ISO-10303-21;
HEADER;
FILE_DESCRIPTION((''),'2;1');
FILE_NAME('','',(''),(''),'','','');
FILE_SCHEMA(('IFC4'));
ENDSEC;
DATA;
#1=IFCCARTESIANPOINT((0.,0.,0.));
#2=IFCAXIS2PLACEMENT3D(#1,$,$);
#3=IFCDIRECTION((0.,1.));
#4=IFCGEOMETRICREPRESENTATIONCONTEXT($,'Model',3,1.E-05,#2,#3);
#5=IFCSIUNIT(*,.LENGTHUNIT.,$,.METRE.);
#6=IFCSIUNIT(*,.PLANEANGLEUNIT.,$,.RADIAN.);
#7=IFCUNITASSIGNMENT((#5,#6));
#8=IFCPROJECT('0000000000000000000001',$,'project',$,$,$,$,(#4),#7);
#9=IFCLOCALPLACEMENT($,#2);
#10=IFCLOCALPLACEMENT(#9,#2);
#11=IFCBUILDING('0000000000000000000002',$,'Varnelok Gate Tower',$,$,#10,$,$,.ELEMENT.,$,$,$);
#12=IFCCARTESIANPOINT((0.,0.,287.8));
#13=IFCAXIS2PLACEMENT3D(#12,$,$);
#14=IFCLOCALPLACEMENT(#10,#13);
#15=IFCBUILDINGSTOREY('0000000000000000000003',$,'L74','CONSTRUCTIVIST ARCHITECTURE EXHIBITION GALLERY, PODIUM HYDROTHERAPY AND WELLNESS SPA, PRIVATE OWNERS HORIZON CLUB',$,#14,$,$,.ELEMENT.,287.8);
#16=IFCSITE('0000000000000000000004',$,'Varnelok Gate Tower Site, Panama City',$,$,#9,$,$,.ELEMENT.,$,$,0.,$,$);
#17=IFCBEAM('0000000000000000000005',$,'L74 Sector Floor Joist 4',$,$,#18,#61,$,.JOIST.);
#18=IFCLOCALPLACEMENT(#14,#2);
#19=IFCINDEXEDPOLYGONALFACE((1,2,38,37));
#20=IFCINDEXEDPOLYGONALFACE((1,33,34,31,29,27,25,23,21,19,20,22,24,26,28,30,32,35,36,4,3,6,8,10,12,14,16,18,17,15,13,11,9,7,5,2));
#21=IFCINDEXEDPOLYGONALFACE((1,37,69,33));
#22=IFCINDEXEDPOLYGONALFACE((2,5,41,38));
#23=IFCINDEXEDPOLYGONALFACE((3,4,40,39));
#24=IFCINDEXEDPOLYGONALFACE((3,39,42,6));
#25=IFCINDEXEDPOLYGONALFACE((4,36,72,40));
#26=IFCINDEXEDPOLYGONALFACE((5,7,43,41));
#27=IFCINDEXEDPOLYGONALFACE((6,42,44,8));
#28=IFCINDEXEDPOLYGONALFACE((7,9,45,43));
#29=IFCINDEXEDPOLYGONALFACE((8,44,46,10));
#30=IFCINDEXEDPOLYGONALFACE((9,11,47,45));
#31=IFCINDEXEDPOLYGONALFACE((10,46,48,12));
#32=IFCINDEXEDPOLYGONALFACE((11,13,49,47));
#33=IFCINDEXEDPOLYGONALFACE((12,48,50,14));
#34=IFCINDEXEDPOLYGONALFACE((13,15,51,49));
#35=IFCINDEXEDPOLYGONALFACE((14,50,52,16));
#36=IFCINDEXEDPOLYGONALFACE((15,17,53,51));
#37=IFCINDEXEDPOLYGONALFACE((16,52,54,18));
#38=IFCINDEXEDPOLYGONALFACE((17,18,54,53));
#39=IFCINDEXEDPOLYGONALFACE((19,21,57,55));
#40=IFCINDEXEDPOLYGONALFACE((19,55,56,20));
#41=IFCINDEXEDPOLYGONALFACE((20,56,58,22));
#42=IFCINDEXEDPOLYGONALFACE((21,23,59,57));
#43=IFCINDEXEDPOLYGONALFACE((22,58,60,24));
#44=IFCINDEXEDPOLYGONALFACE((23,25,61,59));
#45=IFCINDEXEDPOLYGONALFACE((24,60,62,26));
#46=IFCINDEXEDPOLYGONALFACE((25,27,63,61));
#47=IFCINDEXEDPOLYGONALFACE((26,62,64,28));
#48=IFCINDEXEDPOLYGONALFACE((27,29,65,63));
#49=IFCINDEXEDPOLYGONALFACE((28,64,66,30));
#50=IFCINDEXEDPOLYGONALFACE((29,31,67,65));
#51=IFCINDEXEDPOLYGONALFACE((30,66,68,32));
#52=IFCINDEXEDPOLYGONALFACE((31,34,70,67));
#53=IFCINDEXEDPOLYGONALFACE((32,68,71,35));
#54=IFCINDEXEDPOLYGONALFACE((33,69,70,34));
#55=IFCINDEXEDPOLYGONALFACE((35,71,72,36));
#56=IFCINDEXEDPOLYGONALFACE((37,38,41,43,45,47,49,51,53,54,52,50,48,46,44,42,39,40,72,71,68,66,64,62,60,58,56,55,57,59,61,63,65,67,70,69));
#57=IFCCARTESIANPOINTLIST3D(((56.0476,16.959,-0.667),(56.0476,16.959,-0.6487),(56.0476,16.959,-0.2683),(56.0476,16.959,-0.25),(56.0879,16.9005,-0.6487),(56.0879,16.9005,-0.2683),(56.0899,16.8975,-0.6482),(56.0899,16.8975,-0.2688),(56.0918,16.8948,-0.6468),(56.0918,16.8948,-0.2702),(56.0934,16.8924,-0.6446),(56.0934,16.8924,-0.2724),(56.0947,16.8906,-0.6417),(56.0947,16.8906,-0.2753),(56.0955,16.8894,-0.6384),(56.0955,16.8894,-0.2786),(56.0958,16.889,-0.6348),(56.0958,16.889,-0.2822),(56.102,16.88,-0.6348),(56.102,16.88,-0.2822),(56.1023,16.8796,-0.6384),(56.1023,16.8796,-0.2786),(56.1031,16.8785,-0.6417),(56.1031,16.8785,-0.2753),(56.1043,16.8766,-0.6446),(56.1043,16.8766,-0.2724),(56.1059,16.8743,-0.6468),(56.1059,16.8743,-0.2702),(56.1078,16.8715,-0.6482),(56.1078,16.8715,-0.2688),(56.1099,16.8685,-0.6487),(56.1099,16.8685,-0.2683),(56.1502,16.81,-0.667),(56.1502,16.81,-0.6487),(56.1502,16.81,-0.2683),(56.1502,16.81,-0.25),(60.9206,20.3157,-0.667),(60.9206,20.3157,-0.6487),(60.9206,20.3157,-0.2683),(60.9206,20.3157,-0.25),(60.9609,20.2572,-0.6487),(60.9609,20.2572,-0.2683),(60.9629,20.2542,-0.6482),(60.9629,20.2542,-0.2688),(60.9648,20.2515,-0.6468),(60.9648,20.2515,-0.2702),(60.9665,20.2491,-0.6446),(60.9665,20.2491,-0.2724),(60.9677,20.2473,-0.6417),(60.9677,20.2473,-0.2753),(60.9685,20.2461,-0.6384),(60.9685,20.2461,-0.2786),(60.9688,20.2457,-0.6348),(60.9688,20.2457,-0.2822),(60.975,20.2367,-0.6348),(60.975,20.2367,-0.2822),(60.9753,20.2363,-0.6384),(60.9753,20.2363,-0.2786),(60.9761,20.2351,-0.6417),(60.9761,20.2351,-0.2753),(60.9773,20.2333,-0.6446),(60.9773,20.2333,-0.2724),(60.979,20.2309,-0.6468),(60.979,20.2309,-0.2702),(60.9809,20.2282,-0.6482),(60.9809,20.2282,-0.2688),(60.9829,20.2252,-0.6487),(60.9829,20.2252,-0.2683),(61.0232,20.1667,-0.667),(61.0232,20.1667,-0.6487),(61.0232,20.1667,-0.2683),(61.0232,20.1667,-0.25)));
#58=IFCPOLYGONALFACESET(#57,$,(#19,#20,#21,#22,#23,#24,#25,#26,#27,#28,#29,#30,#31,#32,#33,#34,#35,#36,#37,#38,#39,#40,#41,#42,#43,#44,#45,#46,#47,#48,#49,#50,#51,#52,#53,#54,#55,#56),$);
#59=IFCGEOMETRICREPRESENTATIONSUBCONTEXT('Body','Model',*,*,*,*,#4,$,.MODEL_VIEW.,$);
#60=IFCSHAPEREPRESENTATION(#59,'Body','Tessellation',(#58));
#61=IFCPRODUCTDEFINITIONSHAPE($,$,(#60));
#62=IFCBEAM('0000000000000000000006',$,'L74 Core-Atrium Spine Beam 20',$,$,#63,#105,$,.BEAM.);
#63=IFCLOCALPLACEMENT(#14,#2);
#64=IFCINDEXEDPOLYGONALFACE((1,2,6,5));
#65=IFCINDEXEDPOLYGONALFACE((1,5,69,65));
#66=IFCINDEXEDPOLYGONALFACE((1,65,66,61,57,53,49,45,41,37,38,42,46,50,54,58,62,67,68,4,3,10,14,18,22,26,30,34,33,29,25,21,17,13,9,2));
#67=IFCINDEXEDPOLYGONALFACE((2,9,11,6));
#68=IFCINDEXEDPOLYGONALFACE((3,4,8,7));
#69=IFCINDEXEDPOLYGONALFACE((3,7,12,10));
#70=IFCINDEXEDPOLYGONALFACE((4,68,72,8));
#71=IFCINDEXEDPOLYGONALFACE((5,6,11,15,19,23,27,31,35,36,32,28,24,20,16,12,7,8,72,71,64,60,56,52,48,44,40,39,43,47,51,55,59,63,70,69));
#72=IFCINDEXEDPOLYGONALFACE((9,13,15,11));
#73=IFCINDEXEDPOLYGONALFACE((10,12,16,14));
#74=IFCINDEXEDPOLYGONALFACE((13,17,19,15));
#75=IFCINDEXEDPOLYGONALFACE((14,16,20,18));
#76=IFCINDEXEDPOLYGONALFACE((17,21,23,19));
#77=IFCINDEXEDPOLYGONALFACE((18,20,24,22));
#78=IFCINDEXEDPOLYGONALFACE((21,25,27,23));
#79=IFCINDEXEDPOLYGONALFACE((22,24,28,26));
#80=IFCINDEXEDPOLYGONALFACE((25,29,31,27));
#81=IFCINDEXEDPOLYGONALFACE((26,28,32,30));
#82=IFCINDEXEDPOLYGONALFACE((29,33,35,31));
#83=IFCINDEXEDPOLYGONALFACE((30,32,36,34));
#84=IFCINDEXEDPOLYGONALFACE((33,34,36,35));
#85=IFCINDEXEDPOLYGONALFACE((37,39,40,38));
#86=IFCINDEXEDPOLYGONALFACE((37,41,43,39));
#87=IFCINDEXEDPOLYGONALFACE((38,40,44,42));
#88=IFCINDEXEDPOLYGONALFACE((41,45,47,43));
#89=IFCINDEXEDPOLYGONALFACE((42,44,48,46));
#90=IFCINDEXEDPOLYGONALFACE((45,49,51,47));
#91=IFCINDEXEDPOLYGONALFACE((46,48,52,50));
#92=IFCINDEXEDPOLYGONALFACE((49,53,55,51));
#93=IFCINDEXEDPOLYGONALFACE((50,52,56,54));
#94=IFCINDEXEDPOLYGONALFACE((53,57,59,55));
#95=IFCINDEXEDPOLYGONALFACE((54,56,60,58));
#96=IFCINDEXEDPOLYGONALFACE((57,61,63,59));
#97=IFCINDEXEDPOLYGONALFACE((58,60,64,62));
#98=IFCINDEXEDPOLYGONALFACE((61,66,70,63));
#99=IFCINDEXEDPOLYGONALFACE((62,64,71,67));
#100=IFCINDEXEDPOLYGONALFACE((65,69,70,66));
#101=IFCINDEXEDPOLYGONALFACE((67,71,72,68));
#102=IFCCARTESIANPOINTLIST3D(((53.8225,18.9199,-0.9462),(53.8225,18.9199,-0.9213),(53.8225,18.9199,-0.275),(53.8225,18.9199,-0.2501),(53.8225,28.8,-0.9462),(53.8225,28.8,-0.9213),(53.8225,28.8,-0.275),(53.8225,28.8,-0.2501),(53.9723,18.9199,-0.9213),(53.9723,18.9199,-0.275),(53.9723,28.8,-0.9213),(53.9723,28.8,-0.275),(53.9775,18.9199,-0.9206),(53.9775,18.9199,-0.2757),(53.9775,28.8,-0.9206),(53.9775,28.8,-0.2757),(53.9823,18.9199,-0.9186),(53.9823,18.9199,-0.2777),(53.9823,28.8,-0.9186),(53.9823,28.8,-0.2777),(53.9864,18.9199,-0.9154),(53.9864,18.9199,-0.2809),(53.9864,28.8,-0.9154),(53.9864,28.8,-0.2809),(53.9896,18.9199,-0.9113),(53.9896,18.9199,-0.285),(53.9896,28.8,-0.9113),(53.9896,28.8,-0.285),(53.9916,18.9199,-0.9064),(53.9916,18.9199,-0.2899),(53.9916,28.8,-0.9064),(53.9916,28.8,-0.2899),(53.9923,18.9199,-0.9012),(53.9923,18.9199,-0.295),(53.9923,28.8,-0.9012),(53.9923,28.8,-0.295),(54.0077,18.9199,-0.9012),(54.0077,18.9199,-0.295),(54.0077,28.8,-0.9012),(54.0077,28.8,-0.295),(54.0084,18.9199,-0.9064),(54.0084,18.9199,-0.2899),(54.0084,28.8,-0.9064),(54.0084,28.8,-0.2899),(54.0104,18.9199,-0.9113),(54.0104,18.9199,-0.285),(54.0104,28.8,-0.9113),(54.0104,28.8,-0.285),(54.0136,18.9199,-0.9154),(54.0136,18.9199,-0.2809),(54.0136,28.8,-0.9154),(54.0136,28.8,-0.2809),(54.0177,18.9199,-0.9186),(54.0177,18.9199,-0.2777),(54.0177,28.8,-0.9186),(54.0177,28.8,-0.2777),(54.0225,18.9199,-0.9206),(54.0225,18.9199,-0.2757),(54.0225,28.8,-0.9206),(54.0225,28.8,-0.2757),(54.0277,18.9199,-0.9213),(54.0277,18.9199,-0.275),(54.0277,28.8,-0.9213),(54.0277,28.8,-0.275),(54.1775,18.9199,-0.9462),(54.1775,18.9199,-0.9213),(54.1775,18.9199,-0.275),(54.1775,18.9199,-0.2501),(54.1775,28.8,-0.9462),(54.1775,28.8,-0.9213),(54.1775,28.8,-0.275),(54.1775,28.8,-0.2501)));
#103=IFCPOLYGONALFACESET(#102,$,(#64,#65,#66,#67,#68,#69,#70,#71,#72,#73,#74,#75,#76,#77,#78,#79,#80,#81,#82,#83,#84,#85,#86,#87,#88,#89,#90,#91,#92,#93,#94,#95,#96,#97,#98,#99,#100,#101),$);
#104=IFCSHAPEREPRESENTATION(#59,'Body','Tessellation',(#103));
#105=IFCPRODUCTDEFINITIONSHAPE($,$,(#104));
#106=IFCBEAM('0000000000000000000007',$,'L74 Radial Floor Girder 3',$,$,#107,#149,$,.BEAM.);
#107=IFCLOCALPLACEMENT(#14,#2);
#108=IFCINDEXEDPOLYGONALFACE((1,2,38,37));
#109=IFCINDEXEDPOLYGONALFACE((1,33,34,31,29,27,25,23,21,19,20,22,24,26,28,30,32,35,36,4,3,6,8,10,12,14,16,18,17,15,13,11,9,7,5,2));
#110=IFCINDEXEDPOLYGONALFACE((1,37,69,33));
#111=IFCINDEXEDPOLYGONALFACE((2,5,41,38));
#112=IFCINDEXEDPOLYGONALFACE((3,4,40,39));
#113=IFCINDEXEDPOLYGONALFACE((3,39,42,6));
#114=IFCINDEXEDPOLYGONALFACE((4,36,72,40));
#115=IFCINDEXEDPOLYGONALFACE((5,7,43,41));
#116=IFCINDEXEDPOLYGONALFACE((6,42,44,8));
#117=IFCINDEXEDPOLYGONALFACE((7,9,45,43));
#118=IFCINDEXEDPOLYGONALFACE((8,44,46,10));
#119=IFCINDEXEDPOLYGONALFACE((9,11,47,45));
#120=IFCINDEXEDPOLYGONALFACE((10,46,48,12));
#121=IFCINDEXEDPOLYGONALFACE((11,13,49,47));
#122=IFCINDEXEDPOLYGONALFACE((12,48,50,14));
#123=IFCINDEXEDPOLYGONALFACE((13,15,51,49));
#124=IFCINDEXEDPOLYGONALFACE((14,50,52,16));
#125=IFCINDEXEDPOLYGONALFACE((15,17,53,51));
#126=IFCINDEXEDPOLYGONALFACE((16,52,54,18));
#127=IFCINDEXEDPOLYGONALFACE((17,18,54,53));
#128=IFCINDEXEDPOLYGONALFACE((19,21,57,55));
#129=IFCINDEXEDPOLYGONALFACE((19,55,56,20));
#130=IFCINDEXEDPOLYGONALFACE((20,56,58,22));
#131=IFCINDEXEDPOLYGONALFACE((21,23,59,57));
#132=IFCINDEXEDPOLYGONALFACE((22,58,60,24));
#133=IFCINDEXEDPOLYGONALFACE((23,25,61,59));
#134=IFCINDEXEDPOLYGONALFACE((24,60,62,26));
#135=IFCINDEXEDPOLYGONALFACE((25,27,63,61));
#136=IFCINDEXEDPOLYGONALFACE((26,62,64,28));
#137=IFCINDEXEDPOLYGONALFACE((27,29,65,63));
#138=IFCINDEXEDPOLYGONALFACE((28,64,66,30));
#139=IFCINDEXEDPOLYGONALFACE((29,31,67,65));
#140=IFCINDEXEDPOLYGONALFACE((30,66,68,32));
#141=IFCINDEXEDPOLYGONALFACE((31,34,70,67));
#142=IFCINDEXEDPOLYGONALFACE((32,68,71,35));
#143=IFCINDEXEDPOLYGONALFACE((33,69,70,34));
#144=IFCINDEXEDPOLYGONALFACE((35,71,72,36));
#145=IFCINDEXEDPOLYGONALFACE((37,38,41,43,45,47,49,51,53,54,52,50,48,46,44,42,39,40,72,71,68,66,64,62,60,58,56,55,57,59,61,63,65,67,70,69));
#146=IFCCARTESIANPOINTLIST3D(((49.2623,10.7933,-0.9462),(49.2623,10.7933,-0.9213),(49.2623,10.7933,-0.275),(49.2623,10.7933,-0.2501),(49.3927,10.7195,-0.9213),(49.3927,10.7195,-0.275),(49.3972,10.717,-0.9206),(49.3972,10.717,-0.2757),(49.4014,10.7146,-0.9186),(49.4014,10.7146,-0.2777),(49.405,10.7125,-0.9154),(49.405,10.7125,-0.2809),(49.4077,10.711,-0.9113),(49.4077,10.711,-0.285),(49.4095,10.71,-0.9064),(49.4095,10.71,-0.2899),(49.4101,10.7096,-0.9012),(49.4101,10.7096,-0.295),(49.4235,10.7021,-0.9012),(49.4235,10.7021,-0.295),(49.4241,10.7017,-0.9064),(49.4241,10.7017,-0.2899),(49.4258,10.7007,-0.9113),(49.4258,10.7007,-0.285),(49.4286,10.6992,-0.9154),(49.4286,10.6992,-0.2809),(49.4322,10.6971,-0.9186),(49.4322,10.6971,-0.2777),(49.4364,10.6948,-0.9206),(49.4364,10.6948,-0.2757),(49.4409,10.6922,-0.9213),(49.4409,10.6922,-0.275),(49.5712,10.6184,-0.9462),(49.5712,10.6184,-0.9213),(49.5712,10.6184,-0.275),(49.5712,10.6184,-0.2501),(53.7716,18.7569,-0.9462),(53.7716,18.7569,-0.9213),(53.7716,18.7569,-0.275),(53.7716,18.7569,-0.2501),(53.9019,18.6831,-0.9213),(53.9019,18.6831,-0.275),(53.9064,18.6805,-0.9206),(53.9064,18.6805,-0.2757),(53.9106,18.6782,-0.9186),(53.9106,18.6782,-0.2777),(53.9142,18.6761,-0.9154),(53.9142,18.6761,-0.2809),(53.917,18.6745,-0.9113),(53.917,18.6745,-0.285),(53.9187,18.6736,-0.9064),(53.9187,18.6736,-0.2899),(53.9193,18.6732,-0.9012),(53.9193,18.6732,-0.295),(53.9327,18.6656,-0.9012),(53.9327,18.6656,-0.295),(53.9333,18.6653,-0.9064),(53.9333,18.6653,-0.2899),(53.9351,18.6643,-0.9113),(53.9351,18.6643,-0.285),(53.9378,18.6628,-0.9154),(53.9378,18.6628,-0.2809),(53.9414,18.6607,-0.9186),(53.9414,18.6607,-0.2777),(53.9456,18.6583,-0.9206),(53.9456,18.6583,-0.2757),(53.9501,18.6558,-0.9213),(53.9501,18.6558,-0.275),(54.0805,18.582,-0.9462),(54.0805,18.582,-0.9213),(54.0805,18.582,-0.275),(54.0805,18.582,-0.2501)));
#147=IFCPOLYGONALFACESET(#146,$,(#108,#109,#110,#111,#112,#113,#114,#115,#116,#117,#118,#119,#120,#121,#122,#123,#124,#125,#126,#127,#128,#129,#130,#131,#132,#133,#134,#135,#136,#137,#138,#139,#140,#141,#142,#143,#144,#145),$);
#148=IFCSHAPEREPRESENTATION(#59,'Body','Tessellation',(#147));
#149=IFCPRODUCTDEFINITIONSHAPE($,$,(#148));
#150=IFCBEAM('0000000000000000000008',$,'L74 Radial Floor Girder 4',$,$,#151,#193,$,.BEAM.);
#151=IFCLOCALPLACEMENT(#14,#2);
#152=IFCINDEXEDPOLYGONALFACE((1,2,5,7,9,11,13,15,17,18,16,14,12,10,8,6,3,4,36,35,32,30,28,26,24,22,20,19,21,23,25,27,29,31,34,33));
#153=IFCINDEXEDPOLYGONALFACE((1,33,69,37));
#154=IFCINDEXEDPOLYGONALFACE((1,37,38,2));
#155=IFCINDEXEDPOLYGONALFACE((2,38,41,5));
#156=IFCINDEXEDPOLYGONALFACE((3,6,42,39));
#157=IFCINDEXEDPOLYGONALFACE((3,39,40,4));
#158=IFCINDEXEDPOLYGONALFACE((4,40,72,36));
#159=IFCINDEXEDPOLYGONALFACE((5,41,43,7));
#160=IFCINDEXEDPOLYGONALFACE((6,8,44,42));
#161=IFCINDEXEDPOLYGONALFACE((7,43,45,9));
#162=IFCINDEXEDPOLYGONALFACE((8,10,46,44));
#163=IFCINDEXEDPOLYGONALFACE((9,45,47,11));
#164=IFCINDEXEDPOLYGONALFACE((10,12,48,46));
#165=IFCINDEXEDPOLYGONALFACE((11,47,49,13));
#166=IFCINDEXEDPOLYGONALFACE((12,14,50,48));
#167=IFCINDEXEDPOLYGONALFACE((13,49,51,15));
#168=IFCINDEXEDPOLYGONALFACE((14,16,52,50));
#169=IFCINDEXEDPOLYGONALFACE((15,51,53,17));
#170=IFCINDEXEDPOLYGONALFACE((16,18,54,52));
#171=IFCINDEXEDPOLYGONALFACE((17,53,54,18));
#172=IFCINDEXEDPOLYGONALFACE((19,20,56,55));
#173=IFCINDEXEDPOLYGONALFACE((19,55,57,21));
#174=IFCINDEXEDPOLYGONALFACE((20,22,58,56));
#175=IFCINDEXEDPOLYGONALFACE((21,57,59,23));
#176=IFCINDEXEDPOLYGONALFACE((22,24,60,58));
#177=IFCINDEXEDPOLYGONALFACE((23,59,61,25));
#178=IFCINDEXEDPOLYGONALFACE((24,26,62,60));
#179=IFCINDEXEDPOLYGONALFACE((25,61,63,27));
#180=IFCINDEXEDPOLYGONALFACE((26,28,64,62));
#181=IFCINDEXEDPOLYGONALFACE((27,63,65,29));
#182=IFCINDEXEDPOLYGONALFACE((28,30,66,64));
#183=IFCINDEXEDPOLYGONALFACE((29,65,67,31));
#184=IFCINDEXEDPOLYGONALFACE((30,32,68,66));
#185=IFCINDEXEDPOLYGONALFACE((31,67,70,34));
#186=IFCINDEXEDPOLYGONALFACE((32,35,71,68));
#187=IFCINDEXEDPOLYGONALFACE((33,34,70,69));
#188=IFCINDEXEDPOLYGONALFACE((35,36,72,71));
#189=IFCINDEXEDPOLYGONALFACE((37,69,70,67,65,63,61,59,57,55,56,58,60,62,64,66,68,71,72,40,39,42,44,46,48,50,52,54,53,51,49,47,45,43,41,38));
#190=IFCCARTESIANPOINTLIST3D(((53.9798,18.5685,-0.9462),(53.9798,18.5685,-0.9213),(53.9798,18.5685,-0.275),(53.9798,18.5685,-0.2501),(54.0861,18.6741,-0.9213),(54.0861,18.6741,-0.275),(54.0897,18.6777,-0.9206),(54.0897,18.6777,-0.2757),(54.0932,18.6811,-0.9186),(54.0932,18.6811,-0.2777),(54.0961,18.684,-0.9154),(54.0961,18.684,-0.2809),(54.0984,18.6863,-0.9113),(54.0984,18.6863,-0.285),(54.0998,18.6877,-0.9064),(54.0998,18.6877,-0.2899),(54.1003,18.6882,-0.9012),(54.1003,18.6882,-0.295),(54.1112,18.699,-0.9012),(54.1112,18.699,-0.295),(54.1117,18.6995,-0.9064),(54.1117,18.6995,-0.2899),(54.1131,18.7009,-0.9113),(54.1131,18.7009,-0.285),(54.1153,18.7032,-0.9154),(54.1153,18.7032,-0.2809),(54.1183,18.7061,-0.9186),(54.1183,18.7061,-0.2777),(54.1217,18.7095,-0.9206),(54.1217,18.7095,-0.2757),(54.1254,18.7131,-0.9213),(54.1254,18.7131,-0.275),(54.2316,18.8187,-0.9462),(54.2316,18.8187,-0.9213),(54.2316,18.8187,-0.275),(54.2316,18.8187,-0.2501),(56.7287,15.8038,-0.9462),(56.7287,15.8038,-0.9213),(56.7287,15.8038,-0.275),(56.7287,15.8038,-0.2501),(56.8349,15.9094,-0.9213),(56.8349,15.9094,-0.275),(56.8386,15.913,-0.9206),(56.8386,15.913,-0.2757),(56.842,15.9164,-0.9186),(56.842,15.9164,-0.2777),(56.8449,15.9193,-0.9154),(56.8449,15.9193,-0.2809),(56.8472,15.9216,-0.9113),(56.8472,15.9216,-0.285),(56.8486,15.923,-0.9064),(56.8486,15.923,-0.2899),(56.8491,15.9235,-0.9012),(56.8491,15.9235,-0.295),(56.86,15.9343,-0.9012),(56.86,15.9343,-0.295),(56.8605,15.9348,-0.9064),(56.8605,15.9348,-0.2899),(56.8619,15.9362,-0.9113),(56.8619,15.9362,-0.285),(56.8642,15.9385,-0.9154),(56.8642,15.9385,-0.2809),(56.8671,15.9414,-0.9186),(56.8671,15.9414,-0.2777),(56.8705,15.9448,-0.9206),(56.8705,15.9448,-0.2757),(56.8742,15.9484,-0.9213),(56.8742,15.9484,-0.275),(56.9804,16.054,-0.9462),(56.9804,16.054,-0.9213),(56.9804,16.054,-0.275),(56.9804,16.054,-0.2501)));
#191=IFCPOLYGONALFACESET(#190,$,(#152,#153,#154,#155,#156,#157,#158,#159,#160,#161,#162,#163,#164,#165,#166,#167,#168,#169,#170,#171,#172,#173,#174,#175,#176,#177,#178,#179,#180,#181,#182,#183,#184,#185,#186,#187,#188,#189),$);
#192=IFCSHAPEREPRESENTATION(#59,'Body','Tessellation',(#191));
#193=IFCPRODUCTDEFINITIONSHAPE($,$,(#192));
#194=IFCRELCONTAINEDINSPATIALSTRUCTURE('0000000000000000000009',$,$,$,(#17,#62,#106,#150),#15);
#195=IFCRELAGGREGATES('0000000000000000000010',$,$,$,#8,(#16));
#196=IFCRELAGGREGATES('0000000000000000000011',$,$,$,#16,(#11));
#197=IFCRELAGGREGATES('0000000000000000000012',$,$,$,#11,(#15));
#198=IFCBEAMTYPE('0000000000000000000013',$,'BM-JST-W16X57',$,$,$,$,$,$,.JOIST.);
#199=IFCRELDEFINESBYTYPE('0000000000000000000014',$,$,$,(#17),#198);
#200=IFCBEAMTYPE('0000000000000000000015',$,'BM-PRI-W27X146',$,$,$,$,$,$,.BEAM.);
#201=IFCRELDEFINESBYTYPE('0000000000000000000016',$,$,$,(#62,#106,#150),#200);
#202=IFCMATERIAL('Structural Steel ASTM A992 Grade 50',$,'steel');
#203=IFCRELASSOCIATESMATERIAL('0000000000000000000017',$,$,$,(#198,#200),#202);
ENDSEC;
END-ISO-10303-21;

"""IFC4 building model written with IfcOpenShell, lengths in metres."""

from ifc_helpers import new_model, si_unit, direction, frame, origin, origin_2d, place, context, subcontext, project, spatial, i_section, extrude, material, material_profile, profile_set, type_object, element, save


model = new_model("IFC4")

# Units and contexts
model_context = context("Model", 3, precision=1e-05, world=origin(), true_north=direction((0.0, 1.0)))
body_context = subcontext(model_context, "Body", "Model", "MODEL_VIEW")
ifc_project = project(units=[si_unit("LENGTHUNIT", "METRE"), si_unit("PLANEANGLEUNIT", "RADIAN")], contexts=[model_context])

# Site, building, storey
site_placement = place(None, origin())
site = spatial("IfcSite", under=ifc_project, at=site_placement, Name="Varnelok Gate Tower Site, Panama City", CompositionType="ELEMENT", RefElevation=0.0)
building_placement = place(site_placement, origin())
building = spatial("IfcBuilding", under=site, at=building_placement, Name="Varnelok Gate Tower", CompositionType="ELEMENT")
storey_placement = place(building_placement, frame((0.0, 0.0, 287.8)))
storey = spatial("IfcBuildingStorey", under=building, at=storey_placement, Name="L74", Description="CONSTRUCTIVIST ARCHITECTURE EXHIBITION GALLERY, PODIUM HYDROTHERAPY AND WELLNESS SPA, PRIVATE OWNERS HORIZON CLUB", CompositionType="ELEMENT", Elevation=287.8)

# Shared definitions
ifc_material_1 = material(Name="Structural Steel ASTM A992 Grade 50", Category="steel")

# Beams
ifc_material_profile_1 = material_profile(ifc_material_1, i_section(OverallWidth=0.1809, OverallDepth=0.417, WebThickness=0.011, FlangeThickness=0.0183, FilletRadius=0.0139, at=origin_2d()), Name="W16X57")
ifc_profile_set_1 = profile_set([ifc_material_profile_1], Name="Structural Steel ASTM A992 Grade 50")
beam_type_1 = type_object("IfcBeamType", Name="BM-JST-W16X57", PredefinedType="JOIST", material=ifc_profile_set_1)
for number, where, z_axis, x_axis, name in (
    (1, (56.0989, 16.8845, -0.4585), (0.823531, 0.567271, 0.0), (-0.567271, 0.823531, 0.0), "L74 Sector Floor Joist 4"),
):
    element("IfcBeam", number, at=place(storey_placement, frame(where, z_axis=z_axis, x_axis=x_axis)), inside=storey, type_object=beam_type_1, Name=name, PredefinedType="JOIST", context=body_context, shape_type="SweptSolid", body=[
        extrude(i_section(OverallWidth=0.1809, OverallDepth=0.417, WebThickness=0.011, FlangeThickness=0.0183, FilletRadius=0.0139, at=origin_2d()), origin(), (0.0, 0.0, 1.0), 5.9172),
    ])
ifc_material_profile_2 = material_profile(ifc_material_1, i_section(OverallWidth=0.355, OverallDepth=0.696, WebThickness=0.0154, FlangeThickness=0.0249, FilletRadius=0.02, at=origin_2d()), Name="W27X146")
ifc_profile_set_2 = profile_set([ifc_material_profile_2], Name="Structural Steel ASTM A992 Grade 50")
beam_type_2 = type_object("IfcBeamType", Name="BM-PRI-W27X146", PredefinedType="BEAM", material=ifc_profile_set_2)
beam_1_placement = place(storey_placement, frame((54.0, 18.9199, -0.5981), z_axis=(0.0, 1.0, 0.0), x_axis=(-1.0, 0.0, 0.0)))
element("IfcBeam", 2, at=beam_1_placement, inside=storey, type_object=beam_type_2, Name="L74 Core-Atrium Spine Beam 20", PredefinedType="BEAM", context=body_context, shape_type="SweptSolid", body=[
    extrude(i_section(OverallWidth=0.355, OverallDepth=0.696, WebThickness=0.0154, FlangeThickness=0.0249, FilletRadius=0.02, at=origin_2d()), origin(), (0.0, 0.0, 1.0), 9.8801),
])
beam_2_placement = place(storey_placement, frame((53.926, 18.6694, -0.5981), z_axis=(-0.492728, -0.870183, 0.0), x_axis=(0.870183, -0.492728, 0.0)))
element("IfcBeam", 3, at=beam_2_placement, inside=storey, type_object=beam_type_2, Name="L74 Radial Floor Girder 3", PredefinedType="BEAM", context=body_context, shape_type="SweptSolid", body=[
    extrude(i_section(OverallWidth=0.355, OverallDepth=0.696, WebThickness=0.0154, FlangeThickness=0.0249, FilletRadius=0.02, at=origin_2d()), origin(), (0.0, 0.0, 1.0), 9.1516),
])
beam_3_placement = place(storey_placement, frame((54.1057, 18.6936, -0.5981), z_axis=(0.705069, -0.709139, 0.0), x_axis=(0.709139, 0.705069, 0.0)))
element("IfcBeam", 4, at=beam_3_placement, inside=storey, type_object=beam_type_2, Name="L74 Radial Floor Girder 4", PredefinedType="BEAM", context=body_context, shape_type="SweptSolid", body=[
    extrude(i_section(OverallWidth=0.355, OverallDepth=0.696, WebThickness=0.0154, FlangeThickness=0.0249, FilletRadius=0.02, at=origin_2d()), origin(), (0.0, 0.0, 1.0), 3.8987),
])

save(model, "model.ifc")
